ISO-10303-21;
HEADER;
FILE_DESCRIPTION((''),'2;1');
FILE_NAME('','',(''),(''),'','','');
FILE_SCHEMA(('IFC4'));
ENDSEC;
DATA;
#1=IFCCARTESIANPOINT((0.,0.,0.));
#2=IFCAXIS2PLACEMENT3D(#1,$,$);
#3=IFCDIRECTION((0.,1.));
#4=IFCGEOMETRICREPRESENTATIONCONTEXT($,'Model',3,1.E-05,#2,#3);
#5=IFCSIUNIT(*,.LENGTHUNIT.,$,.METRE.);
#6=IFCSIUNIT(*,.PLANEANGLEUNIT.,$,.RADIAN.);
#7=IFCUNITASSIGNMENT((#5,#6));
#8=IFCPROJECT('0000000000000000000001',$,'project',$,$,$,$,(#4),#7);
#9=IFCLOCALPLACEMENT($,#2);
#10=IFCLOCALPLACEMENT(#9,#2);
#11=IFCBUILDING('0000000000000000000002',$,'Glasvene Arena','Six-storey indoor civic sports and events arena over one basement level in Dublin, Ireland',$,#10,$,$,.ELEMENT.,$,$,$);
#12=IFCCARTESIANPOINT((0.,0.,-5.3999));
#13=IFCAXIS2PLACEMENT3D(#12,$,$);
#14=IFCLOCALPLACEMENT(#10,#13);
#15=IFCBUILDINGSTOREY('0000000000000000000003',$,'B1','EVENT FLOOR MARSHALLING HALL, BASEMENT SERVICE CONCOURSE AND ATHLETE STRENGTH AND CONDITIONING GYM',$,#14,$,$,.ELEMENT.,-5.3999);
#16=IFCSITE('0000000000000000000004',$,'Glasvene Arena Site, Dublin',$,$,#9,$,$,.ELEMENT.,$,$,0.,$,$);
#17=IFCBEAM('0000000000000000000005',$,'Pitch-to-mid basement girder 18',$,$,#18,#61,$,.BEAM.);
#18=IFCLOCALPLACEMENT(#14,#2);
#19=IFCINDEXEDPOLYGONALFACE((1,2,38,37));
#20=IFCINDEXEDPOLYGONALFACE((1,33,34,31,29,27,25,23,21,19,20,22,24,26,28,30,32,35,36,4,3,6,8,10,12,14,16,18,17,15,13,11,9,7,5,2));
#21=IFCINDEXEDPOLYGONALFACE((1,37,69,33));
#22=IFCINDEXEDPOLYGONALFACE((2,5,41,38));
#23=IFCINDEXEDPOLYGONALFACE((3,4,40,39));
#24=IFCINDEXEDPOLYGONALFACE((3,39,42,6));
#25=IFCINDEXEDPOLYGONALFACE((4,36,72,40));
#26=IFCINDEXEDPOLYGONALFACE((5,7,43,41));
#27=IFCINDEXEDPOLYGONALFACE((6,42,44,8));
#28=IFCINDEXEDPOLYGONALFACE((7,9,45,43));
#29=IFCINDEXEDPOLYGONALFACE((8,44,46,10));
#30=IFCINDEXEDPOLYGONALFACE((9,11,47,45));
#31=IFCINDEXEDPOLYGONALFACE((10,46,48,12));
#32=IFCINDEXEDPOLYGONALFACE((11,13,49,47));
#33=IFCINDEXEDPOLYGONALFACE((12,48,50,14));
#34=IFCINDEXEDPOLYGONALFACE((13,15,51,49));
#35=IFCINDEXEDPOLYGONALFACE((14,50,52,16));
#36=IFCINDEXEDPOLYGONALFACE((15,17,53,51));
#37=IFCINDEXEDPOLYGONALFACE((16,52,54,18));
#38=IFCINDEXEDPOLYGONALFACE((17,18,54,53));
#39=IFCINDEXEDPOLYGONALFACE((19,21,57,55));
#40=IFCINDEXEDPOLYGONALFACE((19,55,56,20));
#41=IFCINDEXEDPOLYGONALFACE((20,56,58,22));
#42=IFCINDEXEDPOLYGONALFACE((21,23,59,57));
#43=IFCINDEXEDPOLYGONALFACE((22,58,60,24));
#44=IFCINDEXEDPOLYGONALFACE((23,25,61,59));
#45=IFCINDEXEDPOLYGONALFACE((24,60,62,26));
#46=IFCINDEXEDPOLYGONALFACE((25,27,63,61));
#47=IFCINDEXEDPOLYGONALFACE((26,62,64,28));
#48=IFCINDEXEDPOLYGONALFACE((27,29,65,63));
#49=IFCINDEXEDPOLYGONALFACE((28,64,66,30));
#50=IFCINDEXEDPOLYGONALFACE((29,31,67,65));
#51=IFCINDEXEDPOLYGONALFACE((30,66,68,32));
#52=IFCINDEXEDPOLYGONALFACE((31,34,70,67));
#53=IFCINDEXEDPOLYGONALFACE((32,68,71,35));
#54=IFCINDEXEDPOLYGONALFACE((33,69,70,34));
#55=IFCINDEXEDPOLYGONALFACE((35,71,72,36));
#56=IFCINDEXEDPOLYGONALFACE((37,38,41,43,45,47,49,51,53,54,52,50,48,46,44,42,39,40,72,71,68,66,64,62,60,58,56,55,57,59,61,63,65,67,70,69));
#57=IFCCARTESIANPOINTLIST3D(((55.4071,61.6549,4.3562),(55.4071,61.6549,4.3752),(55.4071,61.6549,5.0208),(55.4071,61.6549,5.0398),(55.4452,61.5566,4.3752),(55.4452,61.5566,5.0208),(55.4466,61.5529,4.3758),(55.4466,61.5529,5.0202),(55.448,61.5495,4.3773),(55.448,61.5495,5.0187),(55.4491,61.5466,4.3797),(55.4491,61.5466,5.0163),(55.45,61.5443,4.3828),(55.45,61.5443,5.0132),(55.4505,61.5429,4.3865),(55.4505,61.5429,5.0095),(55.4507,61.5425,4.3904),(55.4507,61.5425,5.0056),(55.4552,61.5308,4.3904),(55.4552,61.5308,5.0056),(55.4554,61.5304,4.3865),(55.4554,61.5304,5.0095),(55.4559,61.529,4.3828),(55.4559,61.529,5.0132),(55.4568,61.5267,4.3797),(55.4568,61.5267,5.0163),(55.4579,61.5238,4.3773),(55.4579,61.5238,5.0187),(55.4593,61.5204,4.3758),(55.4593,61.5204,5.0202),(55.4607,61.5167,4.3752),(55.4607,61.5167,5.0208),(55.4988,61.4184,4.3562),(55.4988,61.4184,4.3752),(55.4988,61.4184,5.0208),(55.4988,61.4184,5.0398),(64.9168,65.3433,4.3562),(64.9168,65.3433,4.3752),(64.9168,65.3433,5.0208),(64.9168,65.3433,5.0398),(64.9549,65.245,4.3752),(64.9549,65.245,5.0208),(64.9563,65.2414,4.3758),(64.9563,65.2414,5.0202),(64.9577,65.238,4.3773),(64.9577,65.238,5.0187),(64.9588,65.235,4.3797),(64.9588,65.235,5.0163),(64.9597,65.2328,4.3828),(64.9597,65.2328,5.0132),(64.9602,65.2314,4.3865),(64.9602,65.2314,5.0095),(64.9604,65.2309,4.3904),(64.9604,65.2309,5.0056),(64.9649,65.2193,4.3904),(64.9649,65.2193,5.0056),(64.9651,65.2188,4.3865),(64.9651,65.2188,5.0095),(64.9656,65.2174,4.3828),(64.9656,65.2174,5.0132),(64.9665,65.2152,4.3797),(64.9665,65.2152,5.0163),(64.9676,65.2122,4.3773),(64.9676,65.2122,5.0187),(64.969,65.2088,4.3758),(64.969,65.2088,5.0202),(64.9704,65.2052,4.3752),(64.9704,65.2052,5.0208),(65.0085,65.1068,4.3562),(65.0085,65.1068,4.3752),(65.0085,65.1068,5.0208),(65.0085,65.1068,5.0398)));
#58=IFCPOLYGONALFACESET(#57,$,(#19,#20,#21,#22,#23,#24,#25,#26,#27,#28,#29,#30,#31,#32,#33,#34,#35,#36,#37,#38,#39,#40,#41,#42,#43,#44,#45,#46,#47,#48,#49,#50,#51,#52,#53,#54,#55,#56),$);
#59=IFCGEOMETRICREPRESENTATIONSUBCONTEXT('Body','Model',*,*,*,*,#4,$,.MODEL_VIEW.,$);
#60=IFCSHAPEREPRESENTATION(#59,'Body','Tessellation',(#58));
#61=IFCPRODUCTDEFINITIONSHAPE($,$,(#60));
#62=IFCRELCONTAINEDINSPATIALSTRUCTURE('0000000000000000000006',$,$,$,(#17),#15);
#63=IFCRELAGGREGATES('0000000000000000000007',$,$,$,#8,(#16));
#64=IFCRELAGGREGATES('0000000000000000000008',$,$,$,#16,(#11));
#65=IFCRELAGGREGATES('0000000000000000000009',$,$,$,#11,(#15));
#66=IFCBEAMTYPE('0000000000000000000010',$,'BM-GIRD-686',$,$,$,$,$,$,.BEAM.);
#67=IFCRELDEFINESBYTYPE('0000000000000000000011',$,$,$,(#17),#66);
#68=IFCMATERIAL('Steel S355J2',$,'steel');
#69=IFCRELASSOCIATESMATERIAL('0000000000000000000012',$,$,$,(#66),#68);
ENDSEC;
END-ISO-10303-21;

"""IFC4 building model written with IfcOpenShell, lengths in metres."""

from ifc_helpers import new_model, si_unit, direction, frame, origin, origin_2d, place, context, subcontext, project, spatial, i_section, extrude, material, material_profile, profile_set, type_object, element, save


model = new_model("IFC4")

# Units and contexts
model_context = context("Model", 3, precision=1e-05, world=origin(), true_north=direction((0.0, 1.0)))
body_context = subcontext(model_context, "Body", "Model", "MODEL_VIEW")
ifc_project = project(units=[si_unit("LENGTHUNIT", "METRE"), si_unit("PLANEANGLEUNIT", "RADIAN")], contexts=[model_context])

# Site, building, storey
site_placement = place(None, origin())
site = spatial("IfcSite", under=ifc_project, at=site_placement, Name="Glasvene Arena Site, Dublin", CompositionType="ELEMENT", RefElevation=0.0)
building_placement = place(site_placement, origin())
building = spatial("IfcBuilding", under=site, at=building_placement, Name="Glasvene Arena", Description="Six-storey indoor civic sports and events arena over one basement level in Dublin, Ireland", CompositionType="ELEMENT")
storey_placement = place(building_placement, frame((0.0, 0.0, -5.3999)))
storey = spatial("IfcBuildingStorey", under=building, at=storey_placement, Name="B1", Description="EVENT FLOOR MARSHALLING HALL, BASEMENT SERVICE CONCOURSE AND ATHLETE STRENGTH AND CONDITIONING GYM", CompositionType="ELEMENT", Elevation=-5.3999)

# Shared definitions
ifc_material_1 = material(Name="Steel S355J2", Category="steel")

# Beam
ifc_material_profile_1 = material_profile(ifc_material_1, i_section(OverallWidth=0.2537, OverallDepth=0.6836, WebThickness=0.0125, FlangeThickness=0.019, FilletRadius=0.0151, at=origin_2d()), Name="UKB 686x254x140")
ifc_profile_set_1 = profile_set([ifc_material_profile_1], Name="Steel S355J2")
beam_type = type_object("IfcBeamType", Name="BM-GIRD-686", PredefinedType="BEAM", material=ifc_profile_set_1)
beam_placement = place(storey_placement, frame((64.9626, 65.2251, 4.698), z_axis=(-0.932328, -0.361614, 0.0), x_axis=(0.361614, -0.932328, 0.0)))
element("IfcBeam", 1, at=beam_placement, inside=storey, type_object=beam_type, Name="Pitch-to-mid basement girder 18", PredefinedType="BEAM", context=body_context, shape_type="SweptSolid", body=[
    extrude(i_section(OverallWidth=0.2537, OverallDepth=0.6836, WebThickness=0.0125, FlangeThickness=0.019, FilletRadius=0.0151, at=origin_2d()), origin(), (0.0, 0.0, 1.0), 10.2),
])

save(model, "model.ifc")
